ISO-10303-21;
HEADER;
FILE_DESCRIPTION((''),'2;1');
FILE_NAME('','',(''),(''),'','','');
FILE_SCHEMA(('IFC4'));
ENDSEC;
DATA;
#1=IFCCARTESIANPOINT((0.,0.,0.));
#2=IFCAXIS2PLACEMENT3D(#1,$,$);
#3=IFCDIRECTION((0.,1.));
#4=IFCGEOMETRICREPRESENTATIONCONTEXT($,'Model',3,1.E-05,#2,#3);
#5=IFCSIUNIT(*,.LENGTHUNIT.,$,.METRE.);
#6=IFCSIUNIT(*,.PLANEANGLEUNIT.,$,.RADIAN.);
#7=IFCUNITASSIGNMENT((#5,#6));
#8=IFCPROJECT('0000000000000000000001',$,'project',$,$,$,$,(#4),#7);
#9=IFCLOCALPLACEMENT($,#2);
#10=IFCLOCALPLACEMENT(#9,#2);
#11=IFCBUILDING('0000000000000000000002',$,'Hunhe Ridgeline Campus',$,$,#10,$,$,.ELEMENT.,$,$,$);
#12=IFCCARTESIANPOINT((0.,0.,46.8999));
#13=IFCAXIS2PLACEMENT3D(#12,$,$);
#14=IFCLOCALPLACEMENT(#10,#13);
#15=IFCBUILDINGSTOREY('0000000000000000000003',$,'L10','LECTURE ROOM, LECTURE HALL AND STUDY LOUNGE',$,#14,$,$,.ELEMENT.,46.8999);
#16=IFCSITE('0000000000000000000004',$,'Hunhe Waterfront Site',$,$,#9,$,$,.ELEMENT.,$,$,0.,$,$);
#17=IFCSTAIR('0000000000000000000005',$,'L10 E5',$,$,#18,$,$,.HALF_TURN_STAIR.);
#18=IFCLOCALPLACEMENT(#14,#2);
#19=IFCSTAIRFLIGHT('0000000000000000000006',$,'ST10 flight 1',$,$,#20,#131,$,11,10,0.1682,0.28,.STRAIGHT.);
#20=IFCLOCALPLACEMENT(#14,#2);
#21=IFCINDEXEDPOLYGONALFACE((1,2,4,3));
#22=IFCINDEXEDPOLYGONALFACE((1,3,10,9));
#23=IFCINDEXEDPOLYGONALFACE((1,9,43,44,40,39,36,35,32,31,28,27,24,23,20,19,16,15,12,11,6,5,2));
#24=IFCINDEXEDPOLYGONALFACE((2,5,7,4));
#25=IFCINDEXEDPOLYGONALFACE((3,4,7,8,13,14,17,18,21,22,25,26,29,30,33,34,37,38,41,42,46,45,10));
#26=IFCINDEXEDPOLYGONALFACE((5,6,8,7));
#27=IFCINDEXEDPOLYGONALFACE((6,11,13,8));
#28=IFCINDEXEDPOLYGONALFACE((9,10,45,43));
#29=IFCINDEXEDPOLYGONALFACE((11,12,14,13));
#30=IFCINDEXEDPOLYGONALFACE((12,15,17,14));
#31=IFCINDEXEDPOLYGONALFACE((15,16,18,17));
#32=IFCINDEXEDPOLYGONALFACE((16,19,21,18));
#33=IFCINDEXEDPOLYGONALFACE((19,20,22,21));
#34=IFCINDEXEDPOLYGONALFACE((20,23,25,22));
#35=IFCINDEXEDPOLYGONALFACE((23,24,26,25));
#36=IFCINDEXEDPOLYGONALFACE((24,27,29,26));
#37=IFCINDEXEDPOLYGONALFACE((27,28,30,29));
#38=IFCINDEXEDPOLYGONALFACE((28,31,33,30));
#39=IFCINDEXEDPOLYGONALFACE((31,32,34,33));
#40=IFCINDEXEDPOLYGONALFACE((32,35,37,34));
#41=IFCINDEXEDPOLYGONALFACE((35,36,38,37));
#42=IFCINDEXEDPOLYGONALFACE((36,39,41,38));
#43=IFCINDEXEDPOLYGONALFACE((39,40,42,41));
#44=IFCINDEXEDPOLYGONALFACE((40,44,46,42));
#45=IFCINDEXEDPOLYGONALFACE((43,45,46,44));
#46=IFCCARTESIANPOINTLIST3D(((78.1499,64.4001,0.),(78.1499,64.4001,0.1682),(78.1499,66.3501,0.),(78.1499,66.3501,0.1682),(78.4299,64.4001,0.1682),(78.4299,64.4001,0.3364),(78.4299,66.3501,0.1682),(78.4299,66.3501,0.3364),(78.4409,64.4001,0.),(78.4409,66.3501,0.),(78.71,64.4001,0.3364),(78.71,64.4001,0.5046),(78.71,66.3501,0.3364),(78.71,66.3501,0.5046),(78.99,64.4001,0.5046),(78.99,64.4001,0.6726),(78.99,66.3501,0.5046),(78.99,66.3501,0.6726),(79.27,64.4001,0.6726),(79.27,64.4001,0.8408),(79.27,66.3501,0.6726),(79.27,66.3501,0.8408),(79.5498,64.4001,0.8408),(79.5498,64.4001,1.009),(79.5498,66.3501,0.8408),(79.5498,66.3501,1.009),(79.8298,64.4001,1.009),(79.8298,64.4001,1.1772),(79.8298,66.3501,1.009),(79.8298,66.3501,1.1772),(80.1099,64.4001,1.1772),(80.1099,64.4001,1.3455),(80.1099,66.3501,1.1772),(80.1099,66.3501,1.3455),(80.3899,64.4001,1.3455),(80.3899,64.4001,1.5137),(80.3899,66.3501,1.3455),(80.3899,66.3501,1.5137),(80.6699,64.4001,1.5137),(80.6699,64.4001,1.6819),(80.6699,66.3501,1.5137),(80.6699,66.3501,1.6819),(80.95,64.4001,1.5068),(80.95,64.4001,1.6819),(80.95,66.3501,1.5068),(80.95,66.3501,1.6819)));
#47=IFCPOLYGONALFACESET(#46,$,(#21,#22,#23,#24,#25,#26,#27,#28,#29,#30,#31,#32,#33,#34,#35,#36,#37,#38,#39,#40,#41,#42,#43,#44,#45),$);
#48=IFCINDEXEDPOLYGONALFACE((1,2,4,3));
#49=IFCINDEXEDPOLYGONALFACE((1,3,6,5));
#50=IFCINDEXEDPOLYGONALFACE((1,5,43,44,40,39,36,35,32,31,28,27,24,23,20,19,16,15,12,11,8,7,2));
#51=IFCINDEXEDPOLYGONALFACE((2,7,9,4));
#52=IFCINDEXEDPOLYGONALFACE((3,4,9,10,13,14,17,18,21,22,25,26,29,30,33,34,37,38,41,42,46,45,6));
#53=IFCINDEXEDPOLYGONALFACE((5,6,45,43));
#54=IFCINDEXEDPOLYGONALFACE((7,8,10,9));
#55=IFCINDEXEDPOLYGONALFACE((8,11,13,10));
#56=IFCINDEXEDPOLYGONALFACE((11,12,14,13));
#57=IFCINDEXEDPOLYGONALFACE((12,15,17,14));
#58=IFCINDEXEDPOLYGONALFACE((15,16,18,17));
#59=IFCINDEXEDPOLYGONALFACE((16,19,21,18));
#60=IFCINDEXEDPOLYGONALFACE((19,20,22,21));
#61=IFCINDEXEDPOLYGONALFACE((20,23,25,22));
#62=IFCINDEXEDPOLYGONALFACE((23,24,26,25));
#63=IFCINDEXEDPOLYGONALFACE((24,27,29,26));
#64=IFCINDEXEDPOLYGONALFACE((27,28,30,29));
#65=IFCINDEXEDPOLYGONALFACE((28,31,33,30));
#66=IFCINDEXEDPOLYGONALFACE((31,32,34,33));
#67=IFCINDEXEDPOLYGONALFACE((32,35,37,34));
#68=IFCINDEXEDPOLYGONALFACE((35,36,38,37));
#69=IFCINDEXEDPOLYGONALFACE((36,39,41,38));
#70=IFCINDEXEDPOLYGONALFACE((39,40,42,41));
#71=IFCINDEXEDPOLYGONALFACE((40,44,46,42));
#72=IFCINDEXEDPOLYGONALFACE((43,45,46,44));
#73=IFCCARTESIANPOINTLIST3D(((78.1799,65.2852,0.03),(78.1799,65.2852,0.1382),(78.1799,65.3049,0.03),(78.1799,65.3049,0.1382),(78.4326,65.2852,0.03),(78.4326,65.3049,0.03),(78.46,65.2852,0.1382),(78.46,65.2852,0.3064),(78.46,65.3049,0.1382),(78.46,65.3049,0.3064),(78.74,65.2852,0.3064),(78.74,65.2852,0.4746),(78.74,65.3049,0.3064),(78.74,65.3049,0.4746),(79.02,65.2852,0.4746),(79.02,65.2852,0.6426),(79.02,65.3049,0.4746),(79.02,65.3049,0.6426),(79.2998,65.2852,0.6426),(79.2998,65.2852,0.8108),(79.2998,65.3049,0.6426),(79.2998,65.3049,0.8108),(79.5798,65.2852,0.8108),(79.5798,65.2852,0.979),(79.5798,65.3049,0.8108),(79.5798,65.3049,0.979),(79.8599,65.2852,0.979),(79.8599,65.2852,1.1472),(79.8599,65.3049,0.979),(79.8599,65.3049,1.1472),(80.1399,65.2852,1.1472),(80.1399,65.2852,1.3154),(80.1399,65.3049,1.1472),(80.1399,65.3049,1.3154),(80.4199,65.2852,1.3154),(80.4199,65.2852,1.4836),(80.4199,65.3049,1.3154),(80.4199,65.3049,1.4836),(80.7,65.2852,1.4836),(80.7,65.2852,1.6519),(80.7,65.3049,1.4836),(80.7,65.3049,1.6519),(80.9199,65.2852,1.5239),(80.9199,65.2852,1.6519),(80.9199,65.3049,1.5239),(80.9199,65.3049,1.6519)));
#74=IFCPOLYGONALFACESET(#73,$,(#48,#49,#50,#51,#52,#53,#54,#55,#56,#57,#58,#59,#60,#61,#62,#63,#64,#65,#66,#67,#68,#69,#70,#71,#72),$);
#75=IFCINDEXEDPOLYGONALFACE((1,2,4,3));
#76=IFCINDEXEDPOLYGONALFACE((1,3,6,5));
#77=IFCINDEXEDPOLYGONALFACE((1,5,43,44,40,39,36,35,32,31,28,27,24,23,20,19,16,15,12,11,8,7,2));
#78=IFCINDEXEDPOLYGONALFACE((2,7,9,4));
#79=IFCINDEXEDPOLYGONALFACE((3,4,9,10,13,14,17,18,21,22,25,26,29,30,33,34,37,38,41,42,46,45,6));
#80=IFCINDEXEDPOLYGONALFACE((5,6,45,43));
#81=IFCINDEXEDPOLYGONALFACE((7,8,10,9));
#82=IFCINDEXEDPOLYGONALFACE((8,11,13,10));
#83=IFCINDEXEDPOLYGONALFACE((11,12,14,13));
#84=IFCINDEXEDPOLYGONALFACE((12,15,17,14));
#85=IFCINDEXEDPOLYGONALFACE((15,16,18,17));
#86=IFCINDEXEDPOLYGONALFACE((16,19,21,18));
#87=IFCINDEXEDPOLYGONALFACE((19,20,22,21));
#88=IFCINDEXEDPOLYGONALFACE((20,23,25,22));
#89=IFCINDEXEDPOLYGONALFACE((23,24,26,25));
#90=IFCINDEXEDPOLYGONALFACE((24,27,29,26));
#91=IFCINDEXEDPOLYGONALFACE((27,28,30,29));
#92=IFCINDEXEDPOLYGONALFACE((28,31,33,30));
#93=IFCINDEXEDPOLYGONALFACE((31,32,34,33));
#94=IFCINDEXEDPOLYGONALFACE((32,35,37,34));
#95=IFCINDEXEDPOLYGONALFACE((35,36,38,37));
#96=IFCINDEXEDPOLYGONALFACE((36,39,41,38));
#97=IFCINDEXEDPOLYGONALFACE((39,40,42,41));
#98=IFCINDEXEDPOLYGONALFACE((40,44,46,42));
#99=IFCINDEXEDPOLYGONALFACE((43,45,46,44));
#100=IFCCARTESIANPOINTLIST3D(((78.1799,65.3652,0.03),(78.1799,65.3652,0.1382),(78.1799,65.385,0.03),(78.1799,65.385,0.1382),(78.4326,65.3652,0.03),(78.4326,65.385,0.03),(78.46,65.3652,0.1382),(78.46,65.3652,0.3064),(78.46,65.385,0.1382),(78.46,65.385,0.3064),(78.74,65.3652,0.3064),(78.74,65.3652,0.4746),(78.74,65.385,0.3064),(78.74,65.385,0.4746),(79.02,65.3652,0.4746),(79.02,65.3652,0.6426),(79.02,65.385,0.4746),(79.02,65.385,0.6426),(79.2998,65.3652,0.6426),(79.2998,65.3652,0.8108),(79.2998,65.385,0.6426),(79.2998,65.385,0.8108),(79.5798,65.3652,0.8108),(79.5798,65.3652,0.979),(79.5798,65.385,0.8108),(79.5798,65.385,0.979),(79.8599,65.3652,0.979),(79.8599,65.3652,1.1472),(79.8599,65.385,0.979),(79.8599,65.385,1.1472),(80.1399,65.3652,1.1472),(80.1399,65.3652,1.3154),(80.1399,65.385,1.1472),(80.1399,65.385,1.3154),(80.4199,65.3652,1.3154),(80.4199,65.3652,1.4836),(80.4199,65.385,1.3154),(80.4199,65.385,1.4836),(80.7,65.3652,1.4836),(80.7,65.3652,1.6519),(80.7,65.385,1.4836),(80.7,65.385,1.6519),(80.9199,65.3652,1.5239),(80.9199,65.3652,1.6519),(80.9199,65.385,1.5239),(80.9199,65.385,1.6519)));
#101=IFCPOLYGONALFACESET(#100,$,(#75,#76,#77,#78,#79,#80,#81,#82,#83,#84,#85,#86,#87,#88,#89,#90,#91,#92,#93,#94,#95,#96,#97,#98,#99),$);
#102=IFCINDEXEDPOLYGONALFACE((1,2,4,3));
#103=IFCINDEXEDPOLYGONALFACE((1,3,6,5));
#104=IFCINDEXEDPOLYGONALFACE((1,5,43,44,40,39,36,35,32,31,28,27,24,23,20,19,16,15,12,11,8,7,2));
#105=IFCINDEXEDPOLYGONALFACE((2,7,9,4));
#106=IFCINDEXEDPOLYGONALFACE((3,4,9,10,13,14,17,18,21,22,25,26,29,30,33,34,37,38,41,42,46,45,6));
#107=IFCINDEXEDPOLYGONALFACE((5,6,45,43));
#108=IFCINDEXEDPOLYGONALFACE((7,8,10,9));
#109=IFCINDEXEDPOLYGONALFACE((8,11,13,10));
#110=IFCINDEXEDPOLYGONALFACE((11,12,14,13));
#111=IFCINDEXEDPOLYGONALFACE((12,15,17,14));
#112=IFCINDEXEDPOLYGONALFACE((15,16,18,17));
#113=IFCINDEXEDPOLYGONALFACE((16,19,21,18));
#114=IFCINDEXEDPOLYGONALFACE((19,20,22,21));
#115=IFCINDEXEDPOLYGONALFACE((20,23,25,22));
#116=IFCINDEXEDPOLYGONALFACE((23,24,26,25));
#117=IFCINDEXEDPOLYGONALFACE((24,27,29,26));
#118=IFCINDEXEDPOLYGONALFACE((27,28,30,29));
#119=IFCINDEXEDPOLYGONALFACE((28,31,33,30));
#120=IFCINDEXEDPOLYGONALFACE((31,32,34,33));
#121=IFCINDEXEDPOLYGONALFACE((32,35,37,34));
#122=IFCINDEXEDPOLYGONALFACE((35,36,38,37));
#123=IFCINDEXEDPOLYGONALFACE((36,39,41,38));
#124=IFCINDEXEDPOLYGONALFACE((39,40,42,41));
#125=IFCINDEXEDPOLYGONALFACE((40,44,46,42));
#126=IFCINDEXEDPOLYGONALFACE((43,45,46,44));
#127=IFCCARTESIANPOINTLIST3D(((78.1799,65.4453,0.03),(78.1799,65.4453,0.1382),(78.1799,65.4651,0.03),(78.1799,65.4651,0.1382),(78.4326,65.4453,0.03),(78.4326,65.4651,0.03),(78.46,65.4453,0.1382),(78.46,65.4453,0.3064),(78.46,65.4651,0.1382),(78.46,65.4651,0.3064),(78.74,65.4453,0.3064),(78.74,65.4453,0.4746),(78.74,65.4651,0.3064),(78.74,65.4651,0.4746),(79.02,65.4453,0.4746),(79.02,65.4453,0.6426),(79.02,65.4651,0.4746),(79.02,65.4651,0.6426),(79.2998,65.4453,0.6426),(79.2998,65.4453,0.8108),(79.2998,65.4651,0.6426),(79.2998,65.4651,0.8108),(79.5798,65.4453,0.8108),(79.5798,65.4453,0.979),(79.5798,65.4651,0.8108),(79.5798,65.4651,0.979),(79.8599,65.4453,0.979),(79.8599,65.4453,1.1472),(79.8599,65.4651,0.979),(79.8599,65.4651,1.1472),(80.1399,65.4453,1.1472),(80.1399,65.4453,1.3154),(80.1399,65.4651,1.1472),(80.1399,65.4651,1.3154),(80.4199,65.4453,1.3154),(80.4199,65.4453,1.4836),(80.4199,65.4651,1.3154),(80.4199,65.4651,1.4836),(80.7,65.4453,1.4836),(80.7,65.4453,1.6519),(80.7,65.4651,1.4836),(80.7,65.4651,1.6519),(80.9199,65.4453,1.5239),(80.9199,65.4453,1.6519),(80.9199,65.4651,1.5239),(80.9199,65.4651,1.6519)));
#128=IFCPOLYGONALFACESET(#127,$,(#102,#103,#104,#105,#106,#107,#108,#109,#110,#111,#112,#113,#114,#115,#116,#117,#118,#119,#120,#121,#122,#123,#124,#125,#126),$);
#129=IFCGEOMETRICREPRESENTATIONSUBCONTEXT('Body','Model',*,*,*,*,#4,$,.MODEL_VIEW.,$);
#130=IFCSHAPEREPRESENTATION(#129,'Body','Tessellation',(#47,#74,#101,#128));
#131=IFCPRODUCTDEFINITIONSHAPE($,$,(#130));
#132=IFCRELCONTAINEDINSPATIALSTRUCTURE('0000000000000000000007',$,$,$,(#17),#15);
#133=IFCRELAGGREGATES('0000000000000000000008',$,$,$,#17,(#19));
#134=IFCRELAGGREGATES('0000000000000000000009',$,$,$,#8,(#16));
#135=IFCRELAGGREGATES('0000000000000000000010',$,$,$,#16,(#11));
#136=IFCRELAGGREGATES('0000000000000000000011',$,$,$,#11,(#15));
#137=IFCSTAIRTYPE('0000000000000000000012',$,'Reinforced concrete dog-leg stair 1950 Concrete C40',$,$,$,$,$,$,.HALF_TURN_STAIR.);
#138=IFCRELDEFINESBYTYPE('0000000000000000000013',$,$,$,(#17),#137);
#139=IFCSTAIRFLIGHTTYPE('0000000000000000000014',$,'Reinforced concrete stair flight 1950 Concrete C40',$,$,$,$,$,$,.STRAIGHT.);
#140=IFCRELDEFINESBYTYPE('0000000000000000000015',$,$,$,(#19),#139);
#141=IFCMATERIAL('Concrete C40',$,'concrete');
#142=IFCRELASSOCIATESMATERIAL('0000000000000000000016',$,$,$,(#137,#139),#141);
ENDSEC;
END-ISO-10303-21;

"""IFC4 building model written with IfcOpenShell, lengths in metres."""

from ifc_helpers import new_model, si_unit, direction, frame, origin, place, context, subcontext, project, spatial, polyline, outline, extrude, material, type_object, element, aggregate, save


model = new_model("IFC4")

# Units and contexts
model_context = context("Model", 3, precision=1e-05, world=origin(), true_north=direction((0.0, 1.0)))
body_context = subcontext(model_context, "Body", "Model", "MODEL_VIEW")
ifc_project = project(units=[si_unit("LENGTHUNIT", "METRE"), si_unit("PLANEANGLEUNIT", "RADIAN")], contexts=[model_context])

# Site, building, storey
site_placement = place(None, origin())
site = spatial("IfcSite", under=ifc_project, at=site_placement, Name="Hunhe Waterfront Site", CompositionType="ELEMENT", RefElevation=0.0)
building_placement = place(site_placement, origin())
building = spatial("IfcBuilding", under=site, at=building_placement, Name="Hunhe Ridgeline Campus", CompositionType="ELEMENT")
storey_placement = place(building_placement, frame((0.0, 0.0, 46.8999)))
storey = spatial("IfcBuildingStorey", under=building, at=storey_placement, Name="L10", Description="LECTURE ROOM, LECTURE HALL AND STUDY LOUNGE", CompositionType="ELEMENT", Elevation=46.8999)

# Stair, stair flight
ifc_material_1 = material(Name="Concrete C40", Category="concrete")
stair_type = type_object("IfcStairType", Name="Reinforced concrete dog-leg stair 1950 Concrete C40", PredefinedType="HALF_TURN_STAIR", material=ifc_material_1)
stair_placement = place(storey_placement, origin())
stair = element("IfcStair", 1, at=stair_placement, inside=storey, type_object=stair_type, Name="L10 E5", PredefinedType="HALF_TURN_STAIR")
stair_flight_type = type_object("IfcStairFlightType", Name="Reinforced concrete stair flight 1950 Concrete C40", PredefinedType="STRAIGHT", material=ifc_material_1)
stair_flight_1_placement = place(storey_placement, frame((78.1499, 65.375, 0.0), z_axis=(0.0, 0.0, 1.0), x_axis=(1.0, 0.0, 0.0)))
stair_flight_1 = element("IfcStairFlight", 2, at=stair_flight_1_placement, type_object=stair_flight_type, Name="ST10 flight 1", NumberOfRisers=11, NumberOfTreads=10, PredefinedType="STRAIGHT", RiserHeight=0.1682, TreadLength=0.28, context=body_context, shape_type="SweptSolid", body=[
    extrude(outline(polyline([(0.0, 0.0), (0.0, 0.1682), (0.28, 0.1682), (0.28, 0.3364), (0.5601, 0.3364), (0.5601, 0.5046), (0.8401, 0.5046), (0.8401, 0.6726), (1.1201, 0.6726), (1.1201, 0.8408), (1.3999, 0.8408), (1.3999, 1.009), (1.6799, 1.009), (1.6799, 1.1772), (1.96, 1.1772), (1.96, 1.3455), (2.24, 1.3455), (2.24, 1.5137), (2.52, 1.5137), (2.52, 1.6819), (2.8, 1.6819), (2.8, 1.8501), (2.8, 1.5068), (0.291, 0.0), (0.0, 0.0)])), frame((0.0, 0.9751, 0.0), z_axis=(0.0, -1.0, 0.0), x_axis=(1.0, 0.0, 0.0)), (0.0, 0.0, 1.0), 1.95),
    extrude(outline(polyline([(0.03, 0.03), (0.03, 0.1382), (0.3101, 0.1382), (0.3101, 0.3064), (0.5901, 0.3064), (0.5901, 0.4746), (0.8701, 0.4746), (0.8701, 0.6426), (1.1499, 0.6426), (1.1499, 0.8108), (1.4299, 0.8108), (1.4299, 0.979), (1.71, 0.979), (1.71, 1.1472), (1.99, 1.1472), (1.99, 1.3154), (2.27, 1.3154), (2.27, 1.4836), (2.55, 1.4836), (2.55, 1.6519), (2.77, 1.6519), (2.77, 1.5239), (0.2827, 0.03), (0.03, 0.03)])), frame((0.0, -0.0701, 0.0), z_axis=(0.0, -1.0, 0.0), x_axis=(1.0, 0.0, 0.0)), (0.0, 0.0, 1.0), 0.0198),
    extrude(outline(polyline([(0.03, 0.03), (0.03, 0.1382), (0.3101, 0.1382), (0.3101, 0.3064), (0.5901, 0.3064), (0.5901, 0.4746), (0.8701, 0.4746), (0.8701, 0.6426), (1.1499, 0.6426), (1.1499, 0.8108), (1.4299, 0.8108), (1.4299, 0.979), (1.71, 0.979), (1.71, 1.1472), (1.99, 1.1472), (1.99, 1.3154), (2.27, 1.3154), (2.27, 1.4836), (2.55, 1.4836), (2.55, 1.6519), (2.77, 1.6519), (2.77, 1.5239), (0.2827, 0.03), (0.03, 0.03)])), frame((0.0, 0.01, 0.0), z_axis=(0.0, -1.0, 0.0), x_axis=(1.0, 0.0, 0.0)), (0.0, 0.0, 1.0), 0.0198),
    extrude(outline(polyline([(0.03, 0.03), (0.03, 0.1382), (0.3101, 0.1382), (0.3101, 0.3064), (0.5901, 0.3064), (0.5901, 0.4746), (0.8701, 0.4746), (0.8701, 0.6426), (1.1499, 0.6426), (1.1499, 0.8108), (1.4299, 0.8108), (1.4299, 0.979), (1.71, 0.979), (1.71, 1.1472), (1.99, 1.1472), (1.99, 1.3154), (2.27, 1.3154), (2.27, 1.4836), (2.55, 1.4836), (2.55, 1.6519), (2.77, 1.6519), (2.77, 1.5239), (0.2827, 0.03), (0.03, 0.03)])), frame((0.0, 0.0901, 0.0), z_axis=(0.0, -1.0, 0.0), x_axis=(1.0, 0.0, 0.0)), (0.0, 0.0, 1.0), 0.0198),
])
aggregate(stair, [stair_flight_1])

save(model, "model.ifc")
